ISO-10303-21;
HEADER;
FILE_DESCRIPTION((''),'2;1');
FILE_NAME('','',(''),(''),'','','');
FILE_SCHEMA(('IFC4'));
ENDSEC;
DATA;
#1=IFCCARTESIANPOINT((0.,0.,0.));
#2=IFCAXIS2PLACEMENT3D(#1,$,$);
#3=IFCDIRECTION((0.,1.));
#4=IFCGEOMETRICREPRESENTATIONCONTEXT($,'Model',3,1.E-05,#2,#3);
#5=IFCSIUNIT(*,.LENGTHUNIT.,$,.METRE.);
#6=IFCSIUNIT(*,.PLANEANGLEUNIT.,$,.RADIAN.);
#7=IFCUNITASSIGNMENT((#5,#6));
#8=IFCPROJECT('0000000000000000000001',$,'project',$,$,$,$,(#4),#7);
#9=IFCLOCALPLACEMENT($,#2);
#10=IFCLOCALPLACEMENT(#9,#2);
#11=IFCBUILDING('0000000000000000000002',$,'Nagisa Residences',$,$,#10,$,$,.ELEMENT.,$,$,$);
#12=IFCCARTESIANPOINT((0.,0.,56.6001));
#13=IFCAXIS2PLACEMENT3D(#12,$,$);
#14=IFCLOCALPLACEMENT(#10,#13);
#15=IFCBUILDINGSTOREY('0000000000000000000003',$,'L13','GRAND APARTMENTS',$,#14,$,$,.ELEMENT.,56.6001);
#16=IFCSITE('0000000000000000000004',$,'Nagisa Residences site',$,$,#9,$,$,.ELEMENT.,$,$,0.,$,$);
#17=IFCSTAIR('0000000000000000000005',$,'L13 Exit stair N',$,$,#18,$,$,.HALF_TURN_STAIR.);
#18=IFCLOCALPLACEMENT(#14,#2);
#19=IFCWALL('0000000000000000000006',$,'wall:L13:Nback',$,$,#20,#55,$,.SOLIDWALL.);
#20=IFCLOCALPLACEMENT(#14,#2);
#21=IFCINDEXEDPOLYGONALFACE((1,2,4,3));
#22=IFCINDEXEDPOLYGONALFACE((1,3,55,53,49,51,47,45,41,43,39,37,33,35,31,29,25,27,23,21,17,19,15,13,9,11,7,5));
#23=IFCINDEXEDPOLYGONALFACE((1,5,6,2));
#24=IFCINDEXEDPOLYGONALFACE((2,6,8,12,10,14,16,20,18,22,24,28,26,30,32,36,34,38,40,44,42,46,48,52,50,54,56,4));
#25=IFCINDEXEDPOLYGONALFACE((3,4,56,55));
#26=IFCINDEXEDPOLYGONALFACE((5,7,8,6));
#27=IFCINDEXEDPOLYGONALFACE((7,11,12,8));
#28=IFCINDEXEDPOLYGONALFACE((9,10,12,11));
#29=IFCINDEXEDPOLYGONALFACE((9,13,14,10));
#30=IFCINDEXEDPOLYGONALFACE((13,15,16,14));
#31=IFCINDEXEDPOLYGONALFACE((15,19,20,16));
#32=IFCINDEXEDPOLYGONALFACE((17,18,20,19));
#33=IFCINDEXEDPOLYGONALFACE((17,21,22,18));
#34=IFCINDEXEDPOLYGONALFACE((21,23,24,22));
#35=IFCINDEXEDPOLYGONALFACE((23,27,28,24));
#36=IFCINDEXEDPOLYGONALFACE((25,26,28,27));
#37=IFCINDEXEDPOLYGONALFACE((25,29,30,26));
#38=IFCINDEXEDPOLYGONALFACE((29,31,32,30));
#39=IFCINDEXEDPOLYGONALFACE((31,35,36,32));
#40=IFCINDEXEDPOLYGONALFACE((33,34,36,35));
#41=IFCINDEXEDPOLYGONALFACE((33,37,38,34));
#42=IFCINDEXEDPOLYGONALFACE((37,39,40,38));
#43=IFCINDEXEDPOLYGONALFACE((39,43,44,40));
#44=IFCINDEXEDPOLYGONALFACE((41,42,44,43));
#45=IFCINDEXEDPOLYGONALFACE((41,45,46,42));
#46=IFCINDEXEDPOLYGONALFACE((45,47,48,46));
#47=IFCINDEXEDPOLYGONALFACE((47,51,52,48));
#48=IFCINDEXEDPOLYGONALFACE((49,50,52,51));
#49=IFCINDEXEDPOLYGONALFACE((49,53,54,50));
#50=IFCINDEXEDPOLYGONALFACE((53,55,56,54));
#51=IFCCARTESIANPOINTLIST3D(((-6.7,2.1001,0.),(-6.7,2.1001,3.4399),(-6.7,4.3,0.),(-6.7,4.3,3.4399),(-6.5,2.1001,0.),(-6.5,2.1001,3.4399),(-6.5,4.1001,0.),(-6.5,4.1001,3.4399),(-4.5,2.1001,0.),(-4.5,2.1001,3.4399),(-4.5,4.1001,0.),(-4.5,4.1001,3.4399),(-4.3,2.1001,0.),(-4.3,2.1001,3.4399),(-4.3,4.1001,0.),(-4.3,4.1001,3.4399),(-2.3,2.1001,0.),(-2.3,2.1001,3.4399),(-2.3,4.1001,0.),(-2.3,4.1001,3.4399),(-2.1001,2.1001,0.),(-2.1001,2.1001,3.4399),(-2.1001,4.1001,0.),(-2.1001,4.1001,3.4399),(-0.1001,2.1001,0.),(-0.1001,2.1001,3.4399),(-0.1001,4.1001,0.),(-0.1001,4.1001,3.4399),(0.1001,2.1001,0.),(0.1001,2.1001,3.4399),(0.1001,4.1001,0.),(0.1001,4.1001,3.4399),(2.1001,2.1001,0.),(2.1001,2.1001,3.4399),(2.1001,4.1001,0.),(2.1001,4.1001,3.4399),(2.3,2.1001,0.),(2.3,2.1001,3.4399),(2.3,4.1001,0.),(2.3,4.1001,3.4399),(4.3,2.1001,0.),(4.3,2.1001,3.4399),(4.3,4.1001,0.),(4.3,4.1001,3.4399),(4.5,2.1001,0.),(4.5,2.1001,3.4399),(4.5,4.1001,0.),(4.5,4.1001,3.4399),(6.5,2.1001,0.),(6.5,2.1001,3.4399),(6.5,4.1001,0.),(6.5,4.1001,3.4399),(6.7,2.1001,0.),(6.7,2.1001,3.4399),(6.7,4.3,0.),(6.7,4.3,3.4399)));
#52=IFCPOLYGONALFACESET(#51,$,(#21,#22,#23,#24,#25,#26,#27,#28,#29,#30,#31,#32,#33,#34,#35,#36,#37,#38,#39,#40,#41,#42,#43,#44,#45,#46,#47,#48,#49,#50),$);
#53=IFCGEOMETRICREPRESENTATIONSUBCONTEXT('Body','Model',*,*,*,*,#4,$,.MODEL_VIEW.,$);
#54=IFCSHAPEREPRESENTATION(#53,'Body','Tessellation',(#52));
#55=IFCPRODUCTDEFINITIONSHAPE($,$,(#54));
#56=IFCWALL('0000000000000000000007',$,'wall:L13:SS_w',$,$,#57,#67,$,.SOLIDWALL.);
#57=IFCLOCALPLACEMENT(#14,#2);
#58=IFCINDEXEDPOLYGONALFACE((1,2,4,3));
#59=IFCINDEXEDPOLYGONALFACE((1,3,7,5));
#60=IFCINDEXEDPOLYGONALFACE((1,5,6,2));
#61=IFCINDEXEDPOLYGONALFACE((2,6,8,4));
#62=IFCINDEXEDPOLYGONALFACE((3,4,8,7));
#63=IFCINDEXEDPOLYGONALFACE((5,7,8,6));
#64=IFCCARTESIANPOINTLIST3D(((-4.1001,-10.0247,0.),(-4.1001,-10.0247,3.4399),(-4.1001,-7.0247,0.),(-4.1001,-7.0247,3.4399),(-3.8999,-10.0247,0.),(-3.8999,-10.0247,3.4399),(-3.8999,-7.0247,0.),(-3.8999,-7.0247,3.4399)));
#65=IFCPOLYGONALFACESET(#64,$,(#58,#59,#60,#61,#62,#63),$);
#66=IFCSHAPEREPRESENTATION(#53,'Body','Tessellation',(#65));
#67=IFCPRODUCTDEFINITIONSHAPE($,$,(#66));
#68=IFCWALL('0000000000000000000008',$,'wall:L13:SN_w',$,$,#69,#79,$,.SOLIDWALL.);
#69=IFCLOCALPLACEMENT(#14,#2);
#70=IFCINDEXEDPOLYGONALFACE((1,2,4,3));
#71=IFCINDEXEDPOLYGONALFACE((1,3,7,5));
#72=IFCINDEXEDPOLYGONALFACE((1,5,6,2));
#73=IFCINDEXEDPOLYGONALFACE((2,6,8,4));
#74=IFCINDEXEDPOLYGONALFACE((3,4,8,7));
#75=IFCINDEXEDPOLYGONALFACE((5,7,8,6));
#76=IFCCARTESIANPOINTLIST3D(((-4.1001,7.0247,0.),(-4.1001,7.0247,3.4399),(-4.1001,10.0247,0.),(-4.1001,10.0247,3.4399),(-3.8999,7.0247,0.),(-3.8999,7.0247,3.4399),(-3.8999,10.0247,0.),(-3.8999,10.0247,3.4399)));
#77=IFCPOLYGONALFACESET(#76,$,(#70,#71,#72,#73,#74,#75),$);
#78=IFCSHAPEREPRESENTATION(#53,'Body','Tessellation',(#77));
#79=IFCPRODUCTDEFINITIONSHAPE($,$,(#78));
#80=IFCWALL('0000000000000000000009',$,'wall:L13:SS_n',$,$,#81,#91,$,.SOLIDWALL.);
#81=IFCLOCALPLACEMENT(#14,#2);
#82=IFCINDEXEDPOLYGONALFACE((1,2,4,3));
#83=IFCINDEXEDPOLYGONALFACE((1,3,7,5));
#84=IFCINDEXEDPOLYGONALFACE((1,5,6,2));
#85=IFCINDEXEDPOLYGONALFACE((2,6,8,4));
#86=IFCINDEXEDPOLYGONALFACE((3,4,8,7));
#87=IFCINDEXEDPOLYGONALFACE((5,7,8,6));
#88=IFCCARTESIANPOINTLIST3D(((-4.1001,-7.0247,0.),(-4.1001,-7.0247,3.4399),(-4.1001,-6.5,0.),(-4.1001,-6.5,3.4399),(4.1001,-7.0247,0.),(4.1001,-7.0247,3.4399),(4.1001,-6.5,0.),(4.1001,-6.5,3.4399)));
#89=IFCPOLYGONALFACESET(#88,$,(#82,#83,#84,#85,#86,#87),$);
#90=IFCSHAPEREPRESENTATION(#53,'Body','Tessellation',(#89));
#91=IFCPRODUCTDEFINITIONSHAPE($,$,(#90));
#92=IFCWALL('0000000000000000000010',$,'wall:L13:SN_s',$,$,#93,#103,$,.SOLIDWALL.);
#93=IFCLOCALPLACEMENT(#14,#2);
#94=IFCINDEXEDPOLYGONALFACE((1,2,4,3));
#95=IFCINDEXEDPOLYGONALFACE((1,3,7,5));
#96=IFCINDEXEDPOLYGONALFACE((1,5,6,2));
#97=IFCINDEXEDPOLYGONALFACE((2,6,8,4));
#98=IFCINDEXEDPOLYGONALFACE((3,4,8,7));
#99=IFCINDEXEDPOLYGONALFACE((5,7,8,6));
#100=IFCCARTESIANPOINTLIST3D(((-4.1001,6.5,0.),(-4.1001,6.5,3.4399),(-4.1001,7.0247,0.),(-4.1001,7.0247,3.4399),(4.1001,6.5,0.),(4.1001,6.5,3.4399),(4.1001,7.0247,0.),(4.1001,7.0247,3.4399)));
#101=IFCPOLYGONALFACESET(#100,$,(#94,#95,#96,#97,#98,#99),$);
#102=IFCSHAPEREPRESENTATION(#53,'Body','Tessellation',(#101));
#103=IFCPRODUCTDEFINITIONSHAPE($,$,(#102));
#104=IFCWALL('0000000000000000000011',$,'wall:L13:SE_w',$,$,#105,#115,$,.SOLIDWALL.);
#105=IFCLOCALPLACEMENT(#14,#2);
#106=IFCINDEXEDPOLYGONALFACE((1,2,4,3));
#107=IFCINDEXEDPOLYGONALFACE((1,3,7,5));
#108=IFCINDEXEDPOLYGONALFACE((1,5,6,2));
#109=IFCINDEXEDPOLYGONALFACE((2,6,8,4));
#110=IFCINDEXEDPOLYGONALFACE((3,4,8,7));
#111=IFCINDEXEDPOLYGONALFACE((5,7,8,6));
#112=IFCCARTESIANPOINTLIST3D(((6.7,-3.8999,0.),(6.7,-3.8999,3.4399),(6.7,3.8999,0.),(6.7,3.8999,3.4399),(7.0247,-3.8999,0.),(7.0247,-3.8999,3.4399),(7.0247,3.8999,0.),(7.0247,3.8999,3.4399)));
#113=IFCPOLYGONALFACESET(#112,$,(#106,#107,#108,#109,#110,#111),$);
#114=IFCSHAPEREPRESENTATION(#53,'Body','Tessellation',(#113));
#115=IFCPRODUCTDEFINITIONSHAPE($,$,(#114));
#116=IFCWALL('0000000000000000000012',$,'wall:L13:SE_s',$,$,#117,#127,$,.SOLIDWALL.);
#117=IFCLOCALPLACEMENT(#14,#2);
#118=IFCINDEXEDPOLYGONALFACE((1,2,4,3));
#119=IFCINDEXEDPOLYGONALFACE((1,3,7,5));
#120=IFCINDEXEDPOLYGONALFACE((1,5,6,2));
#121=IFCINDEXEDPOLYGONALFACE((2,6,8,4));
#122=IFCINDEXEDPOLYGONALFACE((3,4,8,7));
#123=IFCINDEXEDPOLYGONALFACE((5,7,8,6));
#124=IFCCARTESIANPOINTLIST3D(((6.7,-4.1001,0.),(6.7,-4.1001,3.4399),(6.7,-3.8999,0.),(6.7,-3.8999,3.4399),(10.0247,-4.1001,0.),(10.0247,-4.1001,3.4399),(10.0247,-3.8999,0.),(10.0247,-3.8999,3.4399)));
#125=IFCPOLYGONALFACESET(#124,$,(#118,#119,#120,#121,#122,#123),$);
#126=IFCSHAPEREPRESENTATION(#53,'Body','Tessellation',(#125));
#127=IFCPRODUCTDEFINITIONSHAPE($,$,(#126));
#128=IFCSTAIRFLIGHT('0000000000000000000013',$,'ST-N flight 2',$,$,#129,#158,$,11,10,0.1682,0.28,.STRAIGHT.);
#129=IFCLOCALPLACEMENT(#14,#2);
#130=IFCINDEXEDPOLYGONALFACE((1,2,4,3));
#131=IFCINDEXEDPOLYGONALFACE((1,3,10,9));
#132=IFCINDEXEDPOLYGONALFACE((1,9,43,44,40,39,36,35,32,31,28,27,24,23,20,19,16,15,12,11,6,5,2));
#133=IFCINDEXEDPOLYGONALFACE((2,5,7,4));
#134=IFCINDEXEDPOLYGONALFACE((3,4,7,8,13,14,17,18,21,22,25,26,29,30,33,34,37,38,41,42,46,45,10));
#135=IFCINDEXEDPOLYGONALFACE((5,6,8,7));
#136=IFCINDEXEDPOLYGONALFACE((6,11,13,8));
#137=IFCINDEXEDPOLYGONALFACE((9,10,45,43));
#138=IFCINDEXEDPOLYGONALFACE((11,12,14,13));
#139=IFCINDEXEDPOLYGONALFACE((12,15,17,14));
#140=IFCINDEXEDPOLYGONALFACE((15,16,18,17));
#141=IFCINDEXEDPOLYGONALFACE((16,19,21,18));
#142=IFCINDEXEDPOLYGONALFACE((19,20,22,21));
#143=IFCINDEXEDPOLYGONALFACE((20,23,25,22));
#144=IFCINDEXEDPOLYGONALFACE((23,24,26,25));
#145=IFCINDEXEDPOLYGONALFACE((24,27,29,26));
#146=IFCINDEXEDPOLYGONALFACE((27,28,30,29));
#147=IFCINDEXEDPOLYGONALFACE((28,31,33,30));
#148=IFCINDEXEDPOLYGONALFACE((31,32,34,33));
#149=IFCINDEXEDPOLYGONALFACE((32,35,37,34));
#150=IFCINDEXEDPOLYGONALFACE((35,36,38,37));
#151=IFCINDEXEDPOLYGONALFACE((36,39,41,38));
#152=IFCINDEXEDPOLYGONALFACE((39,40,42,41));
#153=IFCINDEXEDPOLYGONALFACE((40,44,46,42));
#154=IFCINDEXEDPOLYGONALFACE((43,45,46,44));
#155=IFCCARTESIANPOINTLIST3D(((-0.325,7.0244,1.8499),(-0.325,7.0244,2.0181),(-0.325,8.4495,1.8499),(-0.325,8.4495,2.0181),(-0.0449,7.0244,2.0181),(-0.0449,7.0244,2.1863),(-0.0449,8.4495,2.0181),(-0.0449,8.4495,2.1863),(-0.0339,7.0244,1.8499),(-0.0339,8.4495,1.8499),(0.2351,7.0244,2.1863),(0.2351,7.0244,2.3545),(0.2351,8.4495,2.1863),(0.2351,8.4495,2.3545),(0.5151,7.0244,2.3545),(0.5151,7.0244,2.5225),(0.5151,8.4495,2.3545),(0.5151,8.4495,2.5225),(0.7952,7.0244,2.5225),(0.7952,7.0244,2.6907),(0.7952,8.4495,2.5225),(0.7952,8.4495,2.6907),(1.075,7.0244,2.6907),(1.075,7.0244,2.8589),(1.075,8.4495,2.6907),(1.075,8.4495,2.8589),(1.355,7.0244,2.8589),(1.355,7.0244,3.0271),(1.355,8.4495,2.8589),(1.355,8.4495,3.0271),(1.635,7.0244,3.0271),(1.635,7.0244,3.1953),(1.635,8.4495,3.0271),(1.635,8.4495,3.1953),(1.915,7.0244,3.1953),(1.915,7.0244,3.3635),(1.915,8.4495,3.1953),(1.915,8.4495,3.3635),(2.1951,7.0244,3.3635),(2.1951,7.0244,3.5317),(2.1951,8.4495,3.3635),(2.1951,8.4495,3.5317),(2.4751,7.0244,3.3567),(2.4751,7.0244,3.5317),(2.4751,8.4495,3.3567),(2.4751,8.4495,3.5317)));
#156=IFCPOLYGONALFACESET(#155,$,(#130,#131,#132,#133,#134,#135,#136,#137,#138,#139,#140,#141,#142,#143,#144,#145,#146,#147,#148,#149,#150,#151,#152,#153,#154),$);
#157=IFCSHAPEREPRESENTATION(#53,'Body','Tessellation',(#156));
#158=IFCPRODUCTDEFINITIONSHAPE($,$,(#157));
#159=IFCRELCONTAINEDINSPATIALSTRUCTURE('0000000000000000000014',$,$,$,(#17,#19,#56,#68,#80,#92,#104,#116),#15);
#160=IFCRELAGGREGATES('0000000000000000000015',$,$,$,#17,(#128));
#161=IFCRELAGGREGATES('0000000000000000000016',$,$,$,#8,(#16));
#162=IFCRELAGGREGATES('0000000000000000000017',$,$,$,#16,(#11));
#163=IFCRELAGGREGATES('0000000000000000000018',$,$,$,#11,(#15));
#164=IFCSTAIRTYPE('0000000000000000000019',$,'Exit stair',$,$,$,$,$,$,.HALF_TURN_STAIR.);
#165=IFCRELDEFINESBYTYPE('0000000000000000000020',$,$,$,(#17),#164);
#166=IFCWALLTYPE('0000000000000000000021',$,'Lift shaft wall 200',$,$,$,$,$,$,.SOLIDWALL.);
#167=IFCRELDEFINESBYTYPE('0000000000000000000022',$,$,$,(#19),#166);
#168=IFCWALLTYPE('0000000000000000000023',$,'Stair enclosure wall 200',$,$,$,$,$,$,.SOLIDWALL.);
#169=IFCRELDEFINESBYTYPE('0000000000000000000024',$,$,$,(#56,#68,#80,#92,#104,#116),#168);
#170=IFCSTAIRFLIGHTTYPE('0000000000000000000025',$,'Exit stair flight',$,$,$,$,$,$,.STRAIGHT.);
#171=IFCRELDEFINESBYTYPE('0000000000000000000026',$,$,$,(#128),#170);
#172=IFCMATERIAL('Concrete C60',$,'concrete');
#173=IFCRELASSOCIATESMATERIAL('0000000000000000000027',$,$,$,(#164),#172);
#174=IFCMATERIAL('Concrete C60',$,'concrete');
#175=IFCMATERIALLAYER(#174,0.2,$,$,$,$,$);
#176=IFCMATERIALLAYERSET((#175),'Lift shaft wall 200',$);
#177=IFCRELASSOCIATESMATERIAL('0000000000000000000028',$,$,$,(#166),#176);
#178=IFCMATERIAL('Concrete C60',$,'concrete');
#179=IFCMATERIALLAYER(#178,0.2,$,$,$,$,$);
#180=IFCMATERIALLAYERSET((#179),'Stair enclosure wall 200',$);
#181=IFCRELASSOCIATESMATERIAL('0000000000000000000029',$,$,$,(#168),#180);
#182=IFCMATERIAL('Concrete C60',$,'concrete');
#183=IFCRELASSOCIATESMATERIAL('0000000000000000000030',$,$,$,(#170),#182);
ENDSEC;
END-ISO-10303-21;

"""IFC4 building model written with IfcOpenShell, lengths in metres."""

from ifc_helpers import new_model, si_unit, direction, frame, origin, place, context, subcontext, project, spatial, polyline, outline, extrude, material, layer, layer_set, type_object, element, aggregate, save


model = new_model("IFC4")

# Units and contexts
model_context = context("Model", 3, precision=1e-05, world=origin(), true_north=direction((0.0, 1.0)))
body_context = subcontext(model_context, "Body", "Model", "MODEL_VIEW")
ifc_project = project(units=[si_unit("LENGTHUNIT", "METRE"), si_unit("PLANEANGLEUNIT", "RADIAN")], contexts=[model_context])

# Site, building, storey
site_placement = place(None, origin())
site = spatial("IfcSite", under=ifc_project, at=site_placement, Name="Nagisa Residences site", CompositionType="ELEMENT", RefElevation=0.0)
building_placement = place(site_placement, origin())
building = spatial("IfcBuilding", under=site, at=building_placement, Name="Nagisa Residences", CompositionType="ELEMENT")
storey_placement = place(building_placement, frame((0.0, 0.0, 56.6001)))
storey = spatial("IfcBuildingStorey", under=building, at=storey_placement, Name="L13", Description="GRAND APARTMENTS", CompositionType="ELEMENT", Elevation=56.6001)

# Stair
ifc_material_1 = material(Name="Concrete C60", Category="concrete")
stair_type = type_object("IfcStairType", Name="Exit stair", PredefinedType="HALF_TURN_STAIR", material=ifc_material_1)
stair_1_placement = place(storey_placement, origin())
stair_1 = element("IfcStair", 1, at=stair_1_placement, inside=storey, type_object=stair_type, Name="L13 Exit stair N", PredefinedType="HALF_TURN_STAIR")

# Shared definitions
ifc_material_2 = material(Name="Concrete C60", Category="concrete")
ifc_layer_1 = layer(ifc_material_2, 0.2)
ifc_layer_set_1 = layer_set([ifc_layer_1], Name="Lift shaft wall 200")
wall_type_1 = type_object("IfcWallType", Name="Lift shaft wall 200", PredefinedType="SOLIDWALL", material=ifc_layer_set_1)

# Walls
wall_1_placement = place(storey_placement, origin())
element("IfcWall", 2, at=wall_1_placement, inside=storey, type_object=wall_type_1, Name="wall:L13:Nback", PredefinedType="SOLIDWALL", context=body_context, shape_type="SweptSolid", body=[
    extrude(outline(polyline([(-6.5, 2.1001), (-6.7, 2.1001), (-6.7, 4.3), (6.7, 4.3), (6.7, 2.1001), (6.5, 2.1001), (6.5, 4.1001), (4.5, 4.1001), (4.5, 2.1001), (4.3, 2.1001), (4.3, 4.1001), (2.3, 4.1001), (2.3, 2.1001), (2.1001, 2.1001), (2.1001, 4.1001), (0.1001, 4.1001), (0.1001, 2.1001), (-0.1001, 2.1001), (-0.1001, 4.1001), (-2.1001, 4.1001), (-2.1001, 2.1001), (-2.3, 2.1001), (-2.3, 4.1001), (-4.3, 4.1001), (-4.3, 2.1001), (-4.5, 2.1001), (-4.5, 4.1001), (-6.5, 4.1001), (-6.5, 2.1001)])), origin(), (0.0, 0.0, 1.0), 3.4399),
])
ifc_material_3 = material(Name="Concrete C60", Category="concrete")
ifc_layer_2 = layer(ifc_material_3, 0.2)
ifc_layer_set_2 = layer_set([ifc_layer_2], Name="Stair enclosure wall 200")
wall_type_2 = type_object("IfcWallType", Name="Stair enclosure wall 200", PredefinedType="SOLIDWALL", material=ifc_layer_set_2)
wall_2_placement = place(storey_placement, origin())
element("IfcWall", 3, at=wall_2_placement, inside=storey, type_object=wall_type_2, Name="wall:L13:SS_w", PredefinedType="SOLIDWALL", context=body_context, shape_type="SweptSolid", body=[
    extrude(outline(polyline([(-3.8999, -10.0247), (-4.1001, -10.0247), (-4.1001, -7.0247), (-3.8999, -7.0247), (-3.8999, -10.0247)])), origin(), (0.0, 0.0, 1.0), 3.4399),
])
wall_3_placement = place(storey_placement, origin())
element("IfcWall", 4, at=wall_3_placement, inside=storey, type_object=wall_type_2, Name="wall:L13:SN_w", PredefinedType="SOLIDWALL", context=body_context, shape_type="SweptSolid", body=[
    extrude(outline(polyline([(-3.8999, 7.0247), (-4.1001, 7.0247), (-4.1001, 10.0247), (-3.8999, 10.0247), (-3.8999, 7.0247)])), origin(), (0.0, 0.0, 1.0), 3.4399),
])
wall_4_placement = place(storey_placement, origin())
element("IfcWall", 5, at=wall_4_placement, inside=storey, type_object=wall_type_2, Name="wall:L13:SS_n", PredefinedType="SOLIDWALL", context=body_context, shape_type="SweptSolid", body=[
    extrude(outline(polyline([(4.1001, -7.0247), (-4.1001, -7.0247), (-4.1001, -6.5), (4.1001, -6.5), (4.1001, -7.0247)])), origin(), (0.0, 0.0, 1.0), 3.4399),
])
wall_5_placement = place(storey_placement, origin())
element("IfcWall", 6, at=wall_5_placement, inside=storey, type_object=wall_type_2, Name="wall:L13:SN_s", PredefinedType="SOLIDWALL", context=body_context, shape_type="SweptSolid", body=[
    extrude(outline(polyline([(4.1001, 6.5), (-4.1001, 6.5), (-4.1001, 7.0247), (4.1001, 7.0247), (4.1001, 6.5)])), origin(), (0.0, 0.0, 1.0), 3.4399),
])
wall_6_placement = place(storey_placement, origin())
element("IfcWall", 7, at=wall_6_placement, inside=storey, type_object=wall_type_2, Name="wall:L13:SE_w", PredefinedType="SOLIDWALL", context=body_context, shape_type="SweptSolid", body=[
    extrude(outline(polyline([(7.0247, -3.8999), (6.7, -3.8999), (6.7, 3.8999), (7.0247, 3.8999), (7.0247, -3.8999)])), origin(), (0.0, 0.0, 1.0), 3.4399),
])
wall_7_placement = place(storey_placement, origin())
element("IfcWall", 8, at=wall_7_placement, inside=storey, type_object=wall_type_2, Name="wall:L13:SE_s", PredefinedType="SOLIDWALL", context=body_context, shape_type="SweptSolid", body=[
    extrude(outline(polyline([(10.0247, -4.1001), (6.7, -4.1001), (6.7, -3.8999), (10.0247, -3.8999), (10.0247, -4.1001)])), origin(), (0.0, 0.0, 1.0), 3.4399),
])

# Stair flight
ifc_material_4 = material(Name="Concrete C60", Category="concrete")
stair_flight_type = type_object("IfcStairFlightType", Name="Exit stair flight", PredefinedType="STRAIGHT", material=ifc_material_4)
stair_flight_placement = place(storey_placement, frame((-0.325, 7.7371, 1.8499), z_axis=(0.0, 0.0, 1.0), x_axis=(1.0, 0.0, 0.0)))
stair_flight = element("IfcStairFlight", 9, at=stair_flight_placement, type_object=stair_flight_type, Name="ST-N flight 2", NumberOfRisers=11, NumberOfTreads=10, PredefinedType="STRAIGHT", RiserHeight=0.1682, TreadLength=0.28, context=body_context, shape_type="SweptSolid", body=[
    extrude(outline(polyline([(0.0, 0.0), (0.0, 0.1682), (0.28, 0.1682), (0.28, 0.3364), (0.5601, 0.3364), (0.5601, 0.5046), (0.8401, 0.5046), (0.8401, 0.6726), (1.1201, 0.6726), (1.1201, 0.8408), (1.3999, 0.8408), (1.3999, 1.009), (1.6799, 1.009), (1.6799, 1.1772), (1.96, 1.1772), (1.96, 1.3455), (2.24, 1.3455), (2.24, 1.5137), (2.52, 1.5137), (2.52, 1.6819), (2.8, 1.6819), (2.8, 1.8501), (2.8, 1.5068), (0.291, 0.0), (0.0, 0.0)])), frame((0.0, 0.7124, 0.0), z_axis=(0.0, -1.0, 0.0), x_axis=(1.0, 0.0, 0.0)), (0.0, 0.0, 1.0), 1.425),
])
aggregate(stair_1, [stair_flight])

save(model, "model.ifc")
